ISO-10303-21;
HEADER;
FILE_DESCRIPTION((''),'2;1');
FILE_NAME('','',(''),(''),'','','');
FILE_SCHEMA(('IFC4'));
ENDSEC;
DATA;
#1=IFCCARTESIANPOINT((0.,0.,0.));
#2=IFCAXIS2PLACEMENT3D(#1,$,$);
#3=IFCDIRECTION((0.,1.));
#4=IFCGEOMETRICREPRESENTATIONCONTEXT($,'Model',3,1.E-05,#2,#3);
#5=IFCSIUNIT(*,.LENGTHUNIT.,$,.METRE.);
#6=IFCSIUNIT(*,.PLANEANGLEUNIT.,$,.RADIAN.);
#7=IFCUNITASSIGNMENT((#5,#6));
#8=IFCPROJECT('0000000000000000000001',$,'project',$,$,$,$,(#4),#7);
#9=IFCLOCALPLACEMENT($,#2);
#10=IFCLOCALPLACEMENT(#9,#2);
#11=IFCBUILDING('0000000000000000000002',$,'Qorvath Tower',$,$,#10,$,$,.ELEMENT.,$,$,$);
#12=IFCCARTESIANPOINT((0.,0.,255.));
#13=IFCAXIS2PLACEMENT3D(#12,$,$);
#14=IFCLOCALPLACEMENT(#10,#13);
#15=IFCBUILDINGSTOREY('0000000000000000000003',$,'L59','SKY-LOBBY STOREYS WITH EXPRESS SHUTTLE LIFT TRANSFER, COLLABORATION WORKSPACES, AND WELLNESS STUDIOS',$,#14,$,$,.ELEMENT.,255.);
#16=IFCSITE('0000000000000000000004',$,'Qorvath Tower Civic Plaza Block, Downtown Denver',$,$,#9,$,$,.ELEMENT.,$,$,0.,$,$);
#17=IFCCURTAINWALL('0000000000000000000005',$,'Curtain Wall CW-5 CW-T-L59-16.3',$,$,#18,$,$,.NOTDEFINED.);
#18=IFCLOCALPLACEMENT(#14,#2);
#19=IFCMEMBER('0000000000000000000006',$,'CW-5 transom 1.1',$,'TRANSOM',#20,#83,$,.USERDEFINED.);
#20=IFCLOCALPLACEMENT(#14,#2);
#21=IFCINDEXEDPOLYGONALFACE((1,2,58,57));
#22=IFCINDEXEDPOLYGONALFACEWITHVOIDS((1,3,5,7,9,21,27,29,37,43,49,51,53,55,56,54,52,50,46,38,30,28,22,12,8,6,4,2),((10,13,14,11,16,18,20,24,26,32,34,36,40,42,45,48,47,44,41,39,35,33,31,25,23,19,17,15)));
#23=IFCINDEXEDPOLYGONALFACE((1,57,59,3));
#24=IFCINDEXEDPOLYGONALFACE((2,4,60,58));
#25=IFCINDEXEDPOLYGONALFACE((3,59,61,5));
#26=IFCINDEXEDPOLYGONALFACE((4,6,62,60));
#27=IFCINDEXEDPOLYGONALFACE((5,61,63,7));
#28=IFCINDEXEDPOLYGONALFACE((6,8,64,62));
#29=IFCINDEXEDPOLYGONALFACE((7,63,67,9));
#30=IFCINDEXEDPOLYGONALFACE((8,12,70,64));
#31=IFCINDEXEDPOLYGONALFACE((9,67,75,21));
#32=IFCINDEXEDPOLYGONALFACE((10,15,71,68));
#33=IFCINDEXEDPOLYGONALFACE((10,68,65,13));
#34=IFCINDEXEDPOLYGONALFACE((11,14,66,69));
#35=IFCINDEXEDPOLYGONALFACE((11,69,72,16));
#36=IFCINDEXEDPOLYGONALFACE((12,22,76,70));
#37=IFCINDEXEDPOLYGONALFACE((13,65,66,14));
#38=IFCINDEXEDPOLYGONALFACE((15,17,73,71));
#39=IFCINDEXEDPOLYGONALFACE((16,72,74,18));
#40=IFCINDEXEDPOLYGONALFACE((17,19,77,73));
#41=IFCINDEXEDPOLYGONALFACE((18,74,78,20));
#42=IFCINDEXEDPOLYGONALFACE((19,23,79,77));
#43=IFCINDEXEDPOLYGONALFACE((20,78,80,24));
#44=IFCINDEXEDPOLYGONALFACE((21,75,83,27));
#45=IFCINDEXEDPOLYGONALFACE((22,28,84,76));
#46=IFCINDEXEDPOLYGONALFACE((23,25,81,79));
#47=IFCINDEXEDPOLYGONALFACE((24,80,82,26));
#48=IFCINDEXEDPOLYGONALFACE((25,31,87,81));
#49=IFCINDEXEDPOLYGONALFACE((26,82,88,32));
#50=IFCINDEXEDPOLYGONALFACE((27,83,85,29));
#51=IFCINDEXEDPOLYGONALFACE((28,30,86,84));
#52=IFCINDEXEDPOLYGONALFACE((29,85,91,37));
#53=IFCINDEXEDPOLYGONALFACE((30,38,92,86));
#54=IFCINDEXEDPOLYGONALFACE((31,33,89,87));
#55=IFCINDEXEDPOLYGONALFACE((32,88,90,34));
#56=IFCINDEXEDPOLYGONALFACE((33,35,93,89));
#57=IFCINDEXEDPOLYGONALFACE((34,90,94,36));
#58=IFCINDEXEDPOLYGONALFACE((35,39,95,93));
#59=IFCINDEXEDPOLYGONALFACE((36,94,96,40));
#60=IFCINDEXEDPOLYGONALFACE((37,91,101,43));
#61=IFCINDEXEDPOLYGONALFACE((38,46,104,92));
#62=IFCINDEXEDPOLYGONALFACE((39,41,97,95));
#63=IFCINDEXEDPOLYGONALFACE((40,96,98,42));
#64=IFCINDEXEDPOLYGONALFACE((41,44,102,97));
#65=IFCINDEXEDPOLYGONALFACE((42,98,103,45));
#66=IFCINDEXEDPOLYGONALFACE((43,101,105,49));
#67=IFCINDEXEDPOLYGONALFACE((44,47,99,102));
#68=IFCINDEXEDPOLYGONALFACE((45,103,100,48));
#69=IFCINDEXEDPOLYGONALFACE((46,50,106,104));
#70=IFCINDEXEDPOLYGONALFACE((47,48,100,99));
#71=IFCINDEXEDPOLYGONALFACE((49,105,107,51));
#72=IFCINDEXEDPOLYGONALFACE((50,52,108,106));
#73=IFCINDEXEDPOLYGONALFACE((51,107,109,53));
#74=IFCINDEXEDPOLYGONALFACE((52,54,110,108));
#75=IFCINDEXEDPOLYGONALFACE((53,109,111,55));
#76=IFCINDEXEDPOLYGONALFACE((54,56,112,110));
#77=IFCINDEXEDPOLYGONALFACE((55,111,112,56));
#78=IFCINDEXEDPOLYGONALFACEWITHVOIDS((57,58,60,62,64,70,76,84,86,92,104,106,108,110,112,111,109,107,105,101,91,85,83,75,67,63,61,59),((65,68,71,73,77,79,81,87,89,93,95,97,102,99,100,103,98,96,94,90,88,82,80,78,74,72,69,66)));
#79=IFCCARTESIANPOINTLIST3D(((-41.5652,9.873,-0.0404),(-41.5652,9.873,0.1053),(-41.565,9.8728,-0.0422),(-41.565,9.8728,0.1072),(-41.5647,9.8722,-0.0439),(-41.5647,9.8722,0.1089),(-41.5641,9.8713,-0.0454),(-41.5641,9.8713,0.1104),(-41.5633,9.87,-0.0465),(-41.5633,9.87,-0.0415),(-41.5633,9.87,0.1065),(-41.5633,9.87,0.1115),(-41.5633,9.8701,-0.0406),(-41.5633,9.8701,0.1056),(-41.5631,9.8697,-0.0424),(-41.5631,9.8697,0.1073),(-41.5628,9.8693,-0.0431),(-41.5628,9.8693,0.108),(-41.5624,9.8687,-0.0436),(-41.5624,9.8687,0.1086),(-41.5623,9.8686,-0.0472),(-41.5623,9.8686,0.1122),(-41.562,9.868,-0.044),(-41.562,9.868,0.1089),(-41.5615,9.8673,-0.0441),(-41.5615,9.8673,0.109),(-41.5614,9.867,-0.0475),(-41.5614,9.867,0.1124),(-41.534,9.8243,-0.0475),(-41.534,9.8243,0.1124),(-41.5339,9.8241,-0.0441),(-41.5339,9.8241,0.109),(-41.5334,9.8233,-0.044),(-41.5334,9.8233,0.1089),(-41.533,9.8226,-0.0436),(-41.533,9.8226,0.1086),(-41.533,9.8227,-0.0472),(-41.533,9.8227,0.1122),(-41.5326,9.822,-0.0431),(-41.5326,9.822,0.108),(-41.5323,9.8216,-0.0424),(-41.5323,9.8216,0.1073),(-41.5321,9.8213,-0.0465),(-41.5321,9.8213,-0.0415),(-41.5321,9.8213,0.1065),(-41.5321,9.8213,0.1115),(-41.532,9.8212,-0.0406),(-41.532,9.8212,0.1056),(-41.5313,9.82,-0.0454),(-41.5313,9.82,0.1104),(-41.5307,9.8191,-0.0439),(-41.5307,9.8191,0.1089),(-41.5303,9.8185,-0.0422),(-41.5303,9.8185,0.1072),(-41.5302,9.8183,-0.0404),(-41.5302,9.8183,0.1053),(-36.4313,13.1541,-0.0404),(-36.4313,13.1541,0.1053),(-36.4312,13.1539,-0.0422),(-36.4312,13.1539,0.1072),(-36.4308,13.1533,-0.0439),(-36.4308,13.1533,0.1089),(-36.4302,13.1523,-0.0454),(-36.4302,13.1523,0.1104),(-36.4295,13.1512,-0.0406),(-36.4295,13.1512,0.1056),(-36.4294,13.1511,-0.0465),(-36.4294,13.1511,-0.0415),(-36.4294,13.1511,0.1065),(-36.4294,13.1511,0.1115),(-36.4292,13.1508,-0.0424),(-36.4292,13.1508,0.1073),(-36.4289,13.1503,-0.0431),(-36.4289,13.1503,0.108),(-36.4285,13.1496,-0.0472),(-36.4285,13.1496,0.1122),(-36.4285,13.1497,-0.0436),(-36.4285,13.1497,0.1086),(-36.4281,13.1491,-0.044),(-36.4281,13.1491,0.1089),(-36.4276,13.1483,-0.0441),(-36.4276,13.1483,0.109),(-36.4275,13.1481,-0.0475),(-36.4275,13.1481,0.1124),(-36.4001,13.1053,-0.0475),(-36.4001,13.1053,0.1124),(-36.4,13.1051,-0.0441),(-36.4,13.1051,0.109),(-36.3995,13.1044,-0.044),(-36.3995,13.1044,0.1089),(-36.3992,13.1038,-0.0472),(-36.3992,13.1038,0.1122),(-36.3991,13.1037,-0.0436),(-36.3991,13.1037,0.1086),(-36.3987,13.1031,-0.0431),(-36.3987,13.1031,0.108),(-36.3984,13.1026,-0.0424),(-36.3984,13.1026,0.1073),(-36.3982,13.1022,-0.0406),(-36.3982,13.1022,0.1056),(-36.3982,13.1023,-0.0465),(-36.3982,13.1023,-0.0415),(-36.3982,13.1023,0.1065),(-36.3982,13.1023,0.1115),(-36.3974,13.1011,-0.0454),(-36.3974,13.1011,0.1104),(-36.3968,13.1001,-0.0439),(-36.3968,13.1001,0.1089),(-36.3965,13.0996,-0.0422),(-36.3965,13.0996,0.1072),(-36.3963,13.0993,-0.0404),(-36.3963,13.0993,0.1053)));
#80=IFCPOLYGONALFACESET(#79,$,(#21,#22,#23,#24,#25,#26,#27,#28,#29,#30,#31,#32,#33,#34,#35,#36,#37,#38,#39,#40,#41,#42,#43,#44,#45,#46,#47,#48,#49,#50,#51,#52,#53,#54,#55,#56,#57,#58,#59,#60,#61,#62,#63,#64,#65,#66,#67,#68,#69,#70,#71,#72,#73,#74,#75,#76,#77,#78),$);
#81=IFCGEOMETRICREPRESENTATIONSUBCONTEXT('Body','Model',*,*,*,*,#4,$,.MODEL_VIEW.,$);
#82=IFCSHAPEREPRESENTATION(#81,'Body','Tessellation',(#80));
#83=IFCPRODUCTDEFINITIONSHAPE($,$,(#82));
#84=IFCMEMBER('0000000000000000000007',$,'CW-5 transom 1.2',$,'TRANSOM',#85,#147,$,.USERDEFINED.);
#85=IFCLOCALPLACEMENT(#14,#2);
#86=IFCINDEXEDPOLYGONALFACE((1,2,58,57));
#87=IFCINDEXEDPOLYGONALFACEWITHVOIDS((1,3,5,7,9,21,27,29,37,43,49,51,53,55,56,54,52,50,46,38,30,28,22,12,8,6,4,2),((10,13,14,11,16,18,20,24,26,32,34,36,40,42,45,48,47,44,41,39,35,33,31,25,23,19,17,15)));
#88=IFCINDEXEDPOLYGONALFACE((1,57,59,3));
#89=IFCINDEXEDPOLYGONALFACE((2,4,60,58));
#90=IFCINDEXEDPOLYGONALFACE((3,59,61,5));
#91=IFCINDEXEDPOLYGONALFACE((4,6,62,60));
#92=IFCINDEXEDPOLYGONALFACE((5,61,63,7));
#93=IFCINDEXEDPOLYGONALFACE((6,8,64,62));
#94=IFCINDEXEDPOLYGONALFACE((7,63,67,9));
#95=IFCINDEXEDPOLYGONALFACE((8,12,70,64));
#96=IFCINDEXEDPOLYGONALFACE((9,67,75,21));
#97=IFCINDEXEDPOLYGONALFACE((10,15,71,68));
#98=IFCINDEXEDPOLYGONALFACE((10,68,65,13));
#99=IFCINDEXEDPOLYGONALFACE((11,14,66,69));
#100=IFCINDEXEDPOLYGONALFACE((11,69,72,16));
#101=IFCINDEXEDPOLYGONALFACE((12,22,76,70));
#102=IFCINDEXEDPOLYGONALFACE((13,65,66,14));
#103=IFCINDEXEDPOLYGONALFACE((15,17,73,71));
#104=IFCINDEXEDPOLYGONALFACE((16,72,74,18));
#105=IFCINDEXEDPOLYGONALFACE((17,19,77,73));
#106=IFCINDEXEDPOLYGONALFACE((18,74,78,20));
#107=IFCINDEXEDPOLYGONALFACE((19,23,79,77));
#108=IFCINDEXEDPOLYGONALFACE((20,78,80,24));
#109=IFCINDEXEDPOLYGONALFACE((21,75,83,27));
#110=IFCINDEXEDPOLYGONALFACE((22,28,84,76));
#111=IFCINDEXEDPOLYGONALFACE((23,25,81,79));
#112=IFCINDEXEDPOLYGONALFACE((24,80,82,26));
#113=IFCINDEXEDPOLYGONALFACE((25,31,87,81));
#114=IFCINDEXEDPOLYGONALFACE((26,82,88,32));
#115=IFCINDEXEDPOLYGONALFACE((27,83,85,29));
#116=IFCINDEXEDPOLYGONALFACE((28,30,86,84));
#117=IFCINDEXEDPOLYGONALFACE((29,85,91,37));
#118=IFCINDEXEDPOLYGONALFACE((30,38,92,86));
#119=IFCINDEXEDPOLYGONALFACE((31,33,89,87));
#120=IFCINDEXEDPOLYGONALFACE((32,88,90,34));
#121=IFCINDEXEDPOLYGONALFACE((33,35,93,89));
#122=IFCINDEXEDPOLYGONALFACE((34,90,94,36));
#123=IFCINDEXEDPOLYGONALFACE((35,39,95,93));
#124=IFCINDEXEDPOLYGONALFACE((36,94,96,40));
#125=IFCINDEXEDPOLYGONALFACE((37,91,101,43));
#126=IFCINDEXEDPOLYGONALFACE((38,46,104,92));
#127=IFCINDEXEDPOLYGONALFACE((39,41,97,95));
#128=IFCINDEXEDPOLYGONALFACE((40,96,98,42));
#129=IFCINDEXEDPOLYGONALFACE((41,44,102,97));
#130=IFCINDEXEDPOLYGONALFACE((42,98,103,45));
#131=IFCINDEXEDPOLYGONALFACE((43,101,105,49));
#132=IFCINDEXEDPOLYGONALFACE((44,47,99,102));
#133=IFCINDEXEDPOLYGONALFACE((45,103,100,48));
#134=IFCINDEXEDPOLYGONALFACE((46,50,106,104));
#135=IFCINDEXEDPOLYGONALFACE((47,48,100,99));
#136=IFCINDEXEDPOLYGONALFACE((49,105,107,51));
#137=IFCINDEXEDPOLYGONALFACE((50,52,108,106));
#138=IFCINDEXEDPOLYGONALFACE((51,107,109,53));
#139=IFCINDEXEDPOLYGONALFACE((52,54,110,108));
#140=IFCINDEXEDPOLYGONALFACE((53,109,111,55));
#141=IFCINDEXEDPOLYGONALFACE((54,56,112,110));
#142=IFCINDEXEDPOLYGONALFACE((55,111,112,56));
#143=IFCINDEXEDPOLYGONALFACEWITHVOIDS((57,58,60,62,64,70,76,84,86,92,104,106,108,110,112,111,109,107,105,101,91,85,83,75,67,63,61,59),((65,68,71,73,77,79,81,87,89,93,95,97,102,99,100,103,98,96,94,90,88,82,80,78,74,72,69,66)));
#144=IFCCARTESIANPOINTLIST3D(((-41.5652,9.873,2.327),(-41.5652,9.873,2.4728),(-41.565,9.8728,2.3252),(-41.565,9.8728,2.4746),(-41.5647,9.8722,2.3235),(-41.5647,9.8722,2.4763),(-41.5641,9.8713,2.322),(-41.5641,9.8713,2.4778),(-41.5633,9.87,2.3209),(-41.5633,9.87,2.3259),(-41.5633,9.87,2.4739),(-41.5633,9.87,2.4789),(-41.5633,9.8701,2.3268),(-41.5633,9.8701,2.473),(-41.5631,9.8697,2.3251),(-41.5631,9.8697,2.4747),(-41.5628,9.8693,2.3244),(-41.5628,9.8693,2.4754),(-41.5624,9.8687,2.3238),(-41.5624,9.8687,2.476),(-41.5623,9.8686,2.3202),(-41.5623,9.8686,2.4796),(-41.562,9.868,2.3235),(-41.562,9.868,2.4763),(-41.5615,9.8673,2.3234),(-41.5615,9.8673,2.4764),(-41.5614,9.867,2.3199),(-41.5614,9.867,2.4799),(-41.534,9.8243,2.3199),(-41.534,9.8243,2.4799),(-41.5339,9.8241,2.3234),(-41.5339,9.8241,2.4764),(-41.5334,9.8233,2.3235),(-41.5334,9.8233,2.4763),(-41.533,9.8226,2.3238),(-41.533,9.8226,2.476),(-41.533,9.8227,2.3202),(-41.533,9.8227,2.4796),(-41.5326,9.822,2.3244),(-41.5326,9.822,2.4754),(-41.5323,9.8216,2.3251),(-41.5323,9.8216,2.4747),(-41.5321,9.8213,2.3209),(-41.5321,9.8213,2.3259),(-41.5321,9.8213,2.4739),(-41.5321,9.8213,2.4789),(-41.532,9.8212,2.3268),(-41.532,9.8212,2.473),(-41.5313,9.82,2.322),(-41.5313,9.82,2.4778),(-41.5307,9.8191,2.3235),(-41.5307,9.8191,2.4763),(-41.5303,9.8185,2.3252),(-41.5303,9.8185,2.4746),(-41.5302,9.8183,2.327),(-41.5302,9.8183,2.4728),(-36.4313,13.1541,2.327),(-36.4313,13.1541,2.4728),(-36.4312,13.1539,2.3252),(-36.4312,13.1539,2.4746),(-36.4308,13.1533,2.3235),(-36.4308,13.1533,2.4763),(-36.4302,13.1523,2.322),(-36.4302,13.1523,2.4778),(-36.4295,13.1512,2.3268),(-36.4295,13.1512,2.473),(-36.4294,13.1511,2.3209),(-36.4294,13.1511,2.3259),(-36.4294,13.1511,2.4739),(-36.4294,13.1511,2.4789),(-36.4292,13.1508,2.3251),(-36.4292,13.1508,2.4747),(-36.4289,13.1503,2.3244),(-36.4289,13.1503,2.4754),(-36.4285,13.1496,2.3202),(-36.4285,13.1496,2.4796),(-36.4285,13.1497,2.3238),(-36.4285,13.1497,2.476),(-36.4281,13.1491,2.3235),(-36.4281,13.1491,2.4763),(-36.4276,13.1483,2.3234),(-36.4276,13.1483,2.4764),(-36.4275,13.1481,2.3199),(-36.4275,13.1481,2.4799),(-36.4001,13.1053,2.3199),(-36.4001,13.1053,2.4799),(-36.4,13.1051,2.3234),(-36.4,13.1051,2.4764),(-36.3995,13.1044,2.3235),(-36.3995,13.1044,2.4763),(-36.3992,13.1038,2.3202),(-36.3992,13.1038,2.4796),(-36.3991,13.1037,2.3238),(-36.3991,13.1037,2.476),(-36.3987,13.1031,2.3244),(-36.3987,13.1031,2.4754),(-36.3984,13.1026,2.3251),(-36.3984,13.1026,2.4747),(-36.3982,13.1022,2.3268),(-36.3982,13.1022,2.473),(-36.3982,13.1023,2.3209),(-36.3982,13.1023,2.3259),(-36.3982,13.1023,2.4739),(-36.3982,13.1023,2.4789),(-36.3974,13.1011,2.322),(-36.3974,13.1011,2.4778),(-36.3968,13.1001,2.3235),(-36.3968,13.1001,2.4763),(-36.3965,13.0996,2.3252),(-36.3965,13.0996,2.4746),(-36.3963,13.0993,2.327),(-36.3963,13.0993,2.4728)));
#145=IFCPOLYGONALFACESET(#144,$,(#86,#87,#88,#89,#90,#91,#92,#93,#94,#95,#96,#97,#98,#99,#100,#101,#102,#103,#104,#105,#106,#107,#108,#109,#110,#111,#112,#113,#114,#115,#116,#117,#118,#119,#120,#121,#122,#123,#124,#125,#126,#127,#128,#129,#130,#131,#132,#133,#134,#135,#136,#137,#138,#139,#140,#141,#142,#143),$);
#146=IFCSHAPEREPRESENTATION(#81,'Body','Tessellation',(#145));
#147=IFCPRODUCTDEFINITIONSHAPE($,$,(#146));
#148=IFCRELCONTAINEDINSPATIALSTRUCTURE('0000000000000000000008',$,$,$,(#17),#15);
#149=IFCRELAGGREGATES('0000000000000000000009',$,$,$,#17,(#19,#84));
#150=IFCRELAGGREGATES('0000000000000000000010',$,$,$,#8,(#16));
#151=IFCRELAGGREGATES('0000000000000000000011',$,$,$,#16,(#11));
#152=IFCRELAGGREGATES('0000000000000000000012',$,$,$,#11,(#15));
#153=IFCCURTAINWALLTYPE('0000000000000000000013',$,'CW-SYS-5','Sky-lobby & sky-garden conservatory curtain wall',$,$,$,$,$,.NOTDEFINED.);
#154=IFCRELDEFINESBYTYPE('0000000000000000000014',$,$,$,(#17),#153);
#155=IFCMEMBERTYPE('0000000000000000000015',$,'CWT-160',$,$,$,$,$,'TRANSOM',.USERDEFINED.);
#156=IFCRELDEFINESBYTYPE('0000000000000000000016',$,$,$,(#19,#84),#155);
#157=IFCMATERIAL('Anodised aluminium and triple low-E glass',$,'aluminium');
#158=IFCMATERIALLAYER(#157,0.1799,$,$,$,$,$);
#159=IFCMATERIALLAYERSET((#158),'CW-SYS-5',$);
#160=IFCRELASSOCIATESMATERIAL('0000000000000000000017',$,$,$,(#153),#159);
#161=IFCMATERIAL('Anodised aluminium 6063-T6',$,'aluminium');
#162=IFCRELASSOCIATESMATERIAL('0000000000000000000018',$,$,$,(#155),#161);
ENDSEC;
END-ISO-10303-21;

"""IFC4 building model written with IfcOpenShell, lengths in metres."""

from ifc_helpers import new_model, si_unit, direction, frame, origin, origin_2d, place, context, subcontext, project, spatial, hollow_rectangle, extrude, material, layer, layer_set, material_profile, profile_set, type_object, element, aggregate, save


model = new_model("IFC4")

# Units and contexts
model_context = context("Model", 3, precision=1e-05, world=origin(), true_north=direction((0.0, 1.0)))
body_context = subcontext(model_context, "Body", "Model", "MODEL_VIEW")
ifc_project = project(units=[si_unit("LENGTHUNIT", "METRE"), si_unit("PLANEANGLEUNIT", "RADIAN")], contexts=[model_context])

# Site, building, storey
site_placement = place(None, origin())
site = spatial("IfcSite", under=ifc_project, at=site_placement, Name="Qorvath Tower Civic Plaza Block, Downtown Denver", CompositionType="ELEMENT", RefElevation=0.0)
building_placement = place(site_placement, origin())
building = spatial("IfcBuilding", under=site, at=building_placement, Name="Qorvath Tower", CompositionType="ELEMENT")
storey_placement = place(building_placement, frame((0.0, 0.0, 255.0)))
storey = spatial("IfcBuildingStorey", under=building, at=storey_placement, Name="L59", Description="SKY-LOBBY STOREYS WITH EXPRESS SHUTTLE LIFT TRANSFER, COLLABORATION WORKSPACES, AND WELLNESS STUDIOS", CompositionType="ELEMENT", Elevation=255.0)

# Shared definitions
ifc_material_1 = material(Name="Anodised aluminium and triple low-E glass", Category="aluminium")
ifc_layer_1 = layer(ifc_material_1, 0.1799)
ifc_layer_set_1 = layer_set([ifc_layer_1], Name="CW-SYS-5")
curtain_wall_type = type_object("IfcCurtainWallType", Name="CW-SYS-5", Description="Sky-lobby & sky-garden conservatory curtain wall", PredefinedType="NOTDEFINED", material=ifc_layer_set_1)

# Curtain wall, members
curtain_wall_1_placement = place(storey_placement, origin())
curtain_wall_1 = element("IfcCurtainWall", 1, at=curtain_wall_1_placement, inside=storey, type_object=curtain_wall_type, Name="Curtain Wall CW-5 CW-T-L59-16.3", PredefinedType="NOTDEFINED")
ifc_material_2 = material(Name="Anodised aluminium 6063-T6", Category="aluminium")
ifc_material_profile_1 = material_profile(ifc_material_2, hollow_rectangle(XDim=0.0649, YDim=0.1599, WallThickness=0.0034, InnerFilletRadius=0.0034, OuterFilletRadius=0.0071, at=origin_2d()), Name="CWT 160x65")
ifc_profile_set_1 = profile_set([ifc_material_profile_1], Name="Anodised aluminium 6063-T6")
member_type_1 = type_object("IfcMemberType", Name="CWT-160", ElementType="TRANSOM", PredefinedType="USERDEFINED", material=ifc_profile_set_1)
member_1_placement = place(storey_placement, frame((-36.4138, 13.1267, 0.0325), z_axis=(-0.842615, -0.538516, 0.0), x_axis=(0.538516, -0.842615, 0.0)))
member_1 = element("IfcMember", 2, at=member_1_placement, type_object=member_type_1, Name="CW-5 transom 1.1", ObjectType="TRANSOM", PredefinedType="USERDEFINED", context=body_context, shape_type="SweptSolid", body=[
    extrude(hollow_rectangle(XDim=0.0649, YDim=0.1599, WallThickness=0.0034, InnerFilletRadius=0.0034, OuterFilletRadius=0.0071, at=origin_2d()), origin(), (0.0, 0.0, 1.0), 6.0928),
])
member_2_placement = place(storey_placement, frame((-36.4138, 13.1267, 2.3999), z_axis=(-0.842615, -0.538516, 0.0), x_axis=(0.538516, -0.842615, 0.0)))
member_2 = element("IfcMember", 3, at=member_2_placement, type_object=member_type_1, Name="CW-5 transom 1.2", ObjectType="TRANSOM", PredefinedType="USERDEFINED", context=body_context, shape_type="SweptSolid", body=[
    extrude(hollow_rectangle(XDim=0.0649, YDim=0.1599, WallThickness=0.0034, InnerFilletRadius=0.0034, OuterFilletRadius=0.0071, at=origin_2d()), origin(), (0.0, 0.0, 1.0), 6.0928),
])
aggregate(curtain_wall_1, [member_1, member_2])

save(model, "model.ifc")
